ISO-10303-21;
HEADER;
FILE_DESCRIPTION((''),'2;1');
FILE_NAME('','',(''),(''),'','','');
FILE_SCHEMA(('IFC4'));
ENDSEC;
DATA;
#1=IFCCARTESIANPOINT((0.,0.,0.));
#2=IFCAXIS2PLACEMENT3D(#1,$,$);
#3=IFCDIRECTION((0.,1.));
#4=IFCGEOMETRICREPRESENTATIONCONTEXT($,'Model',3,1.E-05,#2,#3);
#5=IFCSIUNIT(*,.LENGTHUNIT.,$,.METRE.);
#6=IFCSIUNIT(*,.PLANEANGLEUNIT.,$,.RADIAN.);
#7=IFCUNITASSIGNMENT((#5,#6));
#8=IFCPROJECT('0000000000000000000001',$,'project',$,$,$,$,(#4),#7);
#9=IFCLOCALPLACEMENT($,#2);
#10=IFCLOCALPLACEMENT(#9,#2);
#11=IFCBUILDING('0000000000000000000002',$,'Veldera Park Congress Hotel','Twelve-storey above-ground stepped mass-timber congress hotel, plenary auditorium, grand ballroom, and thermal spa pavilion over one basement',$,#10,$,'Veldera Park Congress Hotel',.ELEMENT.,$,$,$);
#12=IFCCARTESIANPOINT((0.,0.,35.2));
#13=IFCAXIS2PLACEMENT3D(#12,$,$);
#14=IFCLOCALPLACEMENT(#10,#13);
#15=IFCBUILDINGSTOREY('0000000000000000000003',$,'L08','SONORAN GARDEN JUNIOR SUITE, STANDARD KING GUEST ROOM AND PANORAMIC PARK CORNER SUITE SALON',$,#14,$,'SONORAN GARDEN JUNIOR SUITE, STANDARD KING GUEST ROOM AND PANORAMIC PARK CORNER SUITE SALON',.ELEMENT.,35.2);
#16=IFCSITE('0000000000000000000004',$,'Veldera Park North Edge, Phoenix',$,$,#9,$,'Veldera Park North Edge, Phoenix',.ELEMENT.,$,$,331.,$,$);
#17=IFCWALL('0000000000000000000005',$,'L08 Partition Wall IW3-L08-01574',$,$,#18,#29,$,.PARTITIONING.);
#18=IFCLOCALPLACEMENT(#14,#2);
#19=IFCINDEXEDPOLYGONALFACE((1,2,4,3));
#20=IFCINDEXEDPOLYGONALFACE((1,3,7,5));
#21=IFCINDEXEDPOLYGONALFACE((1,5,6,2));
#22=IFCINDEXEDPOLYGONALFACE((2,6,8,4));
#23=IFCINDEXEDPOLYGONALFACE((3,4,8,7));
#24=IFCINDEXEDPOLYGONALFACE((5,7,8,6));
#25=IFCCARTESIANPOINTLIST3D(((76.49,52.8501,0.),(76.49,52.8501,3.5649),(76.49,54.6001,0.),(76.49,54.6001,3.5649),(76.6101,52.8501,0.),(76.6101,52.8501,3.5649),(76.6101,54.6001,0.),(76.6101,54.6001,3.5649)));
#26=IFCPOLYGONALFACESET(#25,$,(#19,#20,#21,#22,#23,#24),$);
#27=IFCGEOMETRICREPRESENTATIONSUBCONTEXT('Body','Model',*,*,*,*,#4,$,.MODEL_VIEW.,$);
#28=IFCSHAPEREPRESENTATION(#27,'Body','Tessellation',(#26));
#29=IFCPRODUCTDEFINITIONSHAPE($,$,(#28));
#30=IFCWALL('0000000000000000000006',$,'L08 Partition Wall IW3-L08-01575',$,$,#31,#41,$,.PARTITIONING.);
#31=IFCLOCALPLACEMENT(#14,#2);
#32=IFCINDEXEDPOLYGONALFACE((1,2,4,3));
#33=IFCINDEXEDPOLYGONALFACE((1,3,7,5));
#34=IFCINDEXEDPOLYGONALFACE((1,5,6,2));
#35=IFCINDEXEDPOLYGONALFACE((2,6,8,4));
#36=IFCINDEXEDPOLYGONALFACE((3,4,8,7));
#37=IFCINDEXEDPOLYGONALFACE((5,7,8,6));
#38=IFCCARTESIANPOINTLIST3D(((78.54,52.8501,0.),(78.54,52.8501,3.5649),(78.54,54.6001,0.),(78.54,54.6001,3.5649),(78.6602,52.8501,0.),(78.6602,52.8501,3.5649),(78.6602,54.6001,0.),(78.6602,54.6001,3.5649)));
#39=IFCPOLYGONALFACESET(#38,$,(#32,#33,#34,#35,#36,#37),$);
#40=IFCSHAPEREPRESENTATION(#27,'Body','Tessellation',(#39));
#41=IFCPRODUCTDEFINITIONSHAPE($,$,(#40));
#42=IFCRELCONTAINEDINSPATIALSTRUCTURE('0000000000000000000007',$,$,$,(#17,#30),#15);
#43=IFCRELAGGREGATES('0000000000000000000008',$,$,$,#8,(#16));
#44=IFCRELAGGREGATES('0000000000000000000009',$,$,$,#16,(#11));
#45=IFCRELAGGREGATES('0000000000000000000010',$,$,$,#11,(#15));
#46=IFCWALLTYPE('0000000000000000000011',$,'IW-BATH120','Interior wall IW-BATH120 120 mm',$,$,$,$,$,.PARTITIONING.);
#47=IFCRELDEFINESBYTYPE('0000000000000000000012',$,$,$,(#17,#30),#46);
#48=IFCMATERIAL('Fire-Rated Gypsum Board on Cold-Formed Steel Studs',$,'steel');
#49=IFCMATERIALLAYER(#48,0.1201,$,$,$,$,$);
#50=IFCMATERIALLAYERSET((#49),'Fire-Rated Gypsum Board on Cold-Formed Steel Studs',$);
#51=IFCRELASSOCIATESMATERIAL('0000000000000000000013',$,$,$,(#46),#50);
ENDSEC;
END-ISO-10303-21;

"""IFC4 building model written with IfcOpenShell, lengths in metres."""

from ifc_helpers import new_model, si_unit, direction, frame, frame_2d, origin, place, context, subcontext, project, spatial, rectangle, extrude, material, layer, layer_set, type_object, element, save


model = new_model("IFC4")

# Units and contexts
model_context = context("Model", 3, precision=1e-05, world=origin(), true_north=direction((0.0, 1.0)))
body_context = subcontext(model_context, "Body", "Model", "MODEL_VIEW")
ifc_project = project(units=[si_unit("LENGTHUNIT", "METRE"), si_unit("PLANEANGLEUNIT", "RADIAN")], contexts=[model_context])

# Site, building, storey
site_placement = place(None, origin())
site = spatial("IfcSite", under=ifc_project, at=site_placement, Name="Veldera Park North Edge, Phoenix", LongName="Veldera Park North Edge, Phoenix", CompositionType="ELEMENT", RefElevation=331.0)
building_placement = place(site_placement, origin())
building = spatial("IfcBuilding", under=site, at=building_placement, Name="Veldera Park Congress Hotel", Description="Twelve-storey above-ground stepped mass-timber congress hotel, plenary auditorium, grand ballroom, and thermal spa pavilion over one basement", LongName="Veldera Park Congress Hotel", CompositionType="ELEMENT")
storey_placement = place(building_placement, frame((0.0, 0.0, 35.2)))
storey = spatial("IfcBuildingStorey", under=building, at=storey_placement, Name="L08", Description="SONORAN GARDEN JUNIOR SUITE, STANDARD KING GUEST ROOM AND PANORAMIC PARK CORNER SUITE SALON", LongName="SONORAN GARDEN JUNIOR SUITE, STANDARD KING GUEST ROOM AND PANORAMIC PARK CORNER SUITE SALON", CompositionType="ELEMENT", Elevation=35.2)

# Walls
ifc_material_1 = material(Name="Fire-Rated Gypsum Board on Cold-Formed Steel Studs", Category="steel")
ifc_layer_1 = layer(ifc_material_1, 0.1201)
ifc_layer_set_1 = layer_set([ifc_layer_1], Name="Fire-Rated Gypsum Board on Cold-Formed Steel Studs")
wall_type = type_object("IfcWallType", Name="IW-BATH120", Description="Interior wall IW-BATH120 120 mm", PredefinedType="PARTITIONING", material=ifc_layer_set_1)
for number, where, z_axis, x_axis, name in (
    (1, (76.55, 52.8501, 0.0), (0.0, 0.0, 1.0), (0.0, 1.0, 0.0), "L08 Partition Wall IW3-L08-01574"),
    (2, (78.6001, 52.8501, 0.0), (0.0, 0.0, 1.0), (0.0, 1.0, 0.0), "L08 Partition Wall IW3-L08-01575"),
):
    element("IfcWall", number, at=place(storey_placement, frame(where, z_axis=z_axis, x_axis=x_axis)), inside=storey, type_object=wall_type, Name=name, PredefinedType="PARTITIONING", context=body_context, shape_type="SweptSolid", body=[
        extrude(rectangle(XDim=1.75, YDim=0.1201, at=frame_2d((0.875, 0.0))), origin(), (0.0, 0.0, 1.0), 3.5649),
    ])

save(model, "model.ifc")
